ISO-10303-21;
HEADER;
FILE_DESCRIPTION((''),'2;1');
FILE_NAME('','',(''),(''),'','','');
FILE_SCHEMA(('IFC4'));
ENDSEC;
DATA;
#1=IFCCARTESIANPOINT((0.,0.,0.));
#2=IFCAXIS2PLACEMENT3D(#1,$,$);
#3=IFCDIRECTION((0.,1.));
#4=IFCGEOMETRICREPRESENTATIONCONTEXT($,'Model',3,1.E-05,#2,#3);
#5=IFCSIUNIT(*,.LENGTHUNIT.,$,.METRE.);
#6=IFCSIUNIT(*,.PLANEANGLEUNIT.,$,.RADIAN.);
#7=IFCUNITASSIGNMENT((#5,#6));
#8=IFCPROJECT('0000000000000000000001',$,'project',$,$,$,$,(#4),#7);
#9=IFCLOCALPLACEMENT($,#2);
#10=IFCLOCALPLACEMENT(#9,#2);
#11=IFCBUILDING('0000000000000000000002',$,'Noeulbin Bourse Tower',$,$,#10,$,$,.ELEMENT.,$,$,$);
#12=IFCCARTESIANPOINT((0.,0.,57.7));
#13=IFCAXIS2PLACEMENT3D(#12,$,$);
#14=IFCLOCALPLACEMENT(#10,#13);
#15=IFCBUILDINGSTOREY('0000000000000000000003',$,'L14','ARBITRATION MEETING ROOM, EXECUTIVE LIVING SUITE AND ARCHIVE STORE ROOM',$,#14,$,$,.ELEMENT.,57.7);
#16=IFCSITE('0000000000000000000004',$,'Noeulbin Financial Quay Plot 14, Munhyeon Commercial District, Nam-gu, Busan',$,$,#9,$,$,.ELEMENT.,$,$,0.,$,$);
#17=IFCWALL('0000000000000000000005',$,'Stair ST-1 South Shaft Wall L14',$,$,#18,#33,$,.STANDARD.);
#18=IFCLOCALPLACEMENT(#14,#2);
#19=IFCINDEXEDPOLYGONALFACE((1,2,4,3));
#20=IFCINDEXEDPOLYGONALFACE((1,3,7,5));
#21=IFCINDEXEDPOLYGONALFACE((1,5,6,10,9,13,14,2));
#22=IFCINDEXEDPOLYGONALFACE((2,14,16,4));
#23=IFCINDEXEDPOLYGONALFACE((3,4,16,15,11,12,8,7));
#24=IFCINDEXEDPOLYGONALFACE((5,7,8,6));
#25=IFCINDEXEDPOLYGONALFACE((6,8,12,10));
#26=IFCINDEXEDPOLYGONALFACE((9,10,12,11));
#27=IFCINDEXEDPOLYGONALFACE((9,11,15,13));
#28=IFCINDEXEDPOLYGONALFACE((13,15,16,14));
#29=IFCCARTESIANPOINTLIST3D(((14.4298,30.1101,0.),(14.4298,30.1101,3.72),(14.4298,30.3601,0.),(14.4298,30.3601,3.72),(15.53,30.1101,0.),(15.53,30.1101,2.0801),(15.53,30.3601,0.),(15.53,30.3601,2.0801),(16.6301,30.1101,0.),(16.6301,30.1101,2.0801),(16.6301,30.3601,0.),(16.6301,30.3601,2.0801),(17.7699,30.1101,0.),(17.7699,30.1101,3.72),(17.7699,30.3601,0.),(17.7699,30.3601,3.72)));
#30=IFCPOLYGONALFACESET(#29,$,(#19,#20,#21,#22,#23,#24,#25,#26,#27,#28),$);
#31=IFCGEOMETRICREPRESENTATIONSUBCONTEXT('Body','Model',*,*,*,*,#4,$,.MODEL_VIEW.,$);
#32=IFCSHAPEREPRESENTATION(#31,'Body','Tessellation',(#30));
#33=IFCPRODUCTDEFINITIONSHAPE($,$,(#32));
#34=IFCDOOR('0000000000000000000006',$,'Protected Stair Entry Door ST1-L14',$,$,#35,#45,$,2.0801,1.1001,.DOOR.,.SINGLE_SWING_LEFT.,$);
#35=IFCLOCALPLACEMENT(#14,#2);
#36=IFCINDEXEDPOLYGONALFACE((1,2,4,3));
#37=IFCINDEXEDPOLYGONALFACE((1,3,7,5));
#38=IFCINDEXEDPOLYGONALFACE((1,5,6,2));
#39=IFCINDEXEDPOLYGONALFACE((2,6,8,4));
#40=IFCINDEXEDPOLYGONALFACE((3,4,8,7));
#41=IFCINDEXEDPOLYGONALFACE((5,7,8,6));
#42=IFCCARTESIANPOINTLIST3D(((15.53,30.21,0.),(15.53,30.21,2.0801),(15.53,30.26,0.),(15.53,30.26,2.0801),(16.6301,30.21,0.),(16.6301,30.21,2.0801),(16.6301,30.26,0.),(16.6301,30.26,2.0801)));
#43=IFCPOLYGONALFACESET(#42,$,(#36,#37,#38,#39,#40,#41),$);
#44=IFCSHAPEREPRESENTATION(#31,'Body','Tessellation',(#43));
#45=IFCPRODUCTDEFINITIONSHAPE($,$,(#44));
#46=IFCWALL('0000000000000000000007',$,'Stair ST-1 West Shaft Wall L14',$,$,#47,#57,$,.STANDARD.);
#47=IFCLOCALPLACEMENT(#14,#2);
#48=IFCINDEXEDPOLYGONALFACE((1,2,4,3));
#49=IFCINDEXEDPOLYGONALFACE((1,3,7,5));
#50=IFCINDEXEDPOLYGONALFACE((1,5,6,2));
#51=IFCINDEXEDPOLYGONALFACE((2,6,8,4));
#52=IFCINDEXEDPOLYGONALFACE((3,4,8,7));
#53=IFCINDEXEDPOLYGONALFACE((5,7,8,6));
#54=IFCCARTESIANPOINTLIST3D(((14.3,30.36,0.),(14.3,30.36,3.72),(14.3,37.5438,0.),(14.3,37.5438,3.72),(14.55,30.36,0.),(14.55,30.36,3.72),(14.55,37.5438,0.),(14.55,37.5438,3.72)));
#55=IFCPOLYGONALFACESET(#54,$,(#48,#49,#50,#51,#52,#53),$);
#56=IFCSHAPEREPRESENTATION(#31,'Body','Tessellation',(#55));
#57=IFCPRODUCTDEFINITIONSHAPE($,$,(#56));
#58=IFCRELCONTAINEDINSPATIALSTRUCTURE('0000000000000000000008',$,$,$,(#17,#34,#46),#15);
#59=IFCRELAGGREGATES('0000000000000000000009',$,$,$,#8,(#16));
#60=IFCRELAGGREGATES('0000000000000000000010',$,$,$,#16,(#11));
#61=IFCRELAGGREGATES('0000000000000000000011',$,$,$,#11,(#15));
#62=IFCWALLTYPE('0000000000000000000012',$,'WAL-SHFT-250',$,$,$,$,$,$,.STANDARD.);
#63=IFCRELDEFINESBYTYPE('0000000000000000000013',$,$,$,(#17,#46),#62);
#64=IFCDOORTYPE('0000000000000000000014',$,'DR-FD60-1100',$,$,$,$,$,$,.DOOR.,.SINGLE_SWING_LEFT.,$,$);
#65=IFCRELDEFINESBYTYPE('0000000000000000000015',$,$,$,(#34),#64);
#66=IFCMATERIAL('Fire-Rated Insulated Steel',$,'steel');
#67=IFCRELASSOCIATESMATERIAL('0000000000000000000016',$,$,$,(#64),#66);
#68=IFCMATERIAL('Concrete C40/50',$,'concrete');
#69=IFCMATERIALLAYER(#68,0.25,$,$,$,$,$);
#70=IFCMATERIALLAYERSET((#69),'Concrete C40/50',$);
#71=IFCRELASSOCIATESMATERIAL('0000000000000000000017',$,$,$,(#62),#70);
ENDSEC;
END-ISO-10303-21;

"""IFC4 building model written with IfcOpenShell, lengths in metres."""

from ifc_helpers import new_model, si_unit, direction, frame, frame_2d, origin, place, context, subcontext, project, spatial, rectangle, extrude, material, layer, layer_set, type_object, element, fill, save


model = new_model("IFC4")

# Units and contexts
model_context = context("Model", 3, precision=1e-05, world=origin(), true_north=direction((0.0, 1.0)))
body_context = subcontext(model_context, "Body", "Model", "MODEL_VIEW")
ifc_project = project(units=[si_unit("LENGTHUNIT", "METRE"), si_unit("PLANEANGLEUNIT", "RADIAN")], contexts=[model_context])

# Site, building, storey
site_placement = place(None, origin())
site = spatial("IfcSite", under=ifc_project, at=site_placement, Name="Noeulbin Financial Quay Plot 14, Munhyeon Commercial District, Nam-gu, Busan", CompositionType="ELEMENT", RefElevation=0.0)
building_placement = place(site_placement, origin())
building = spatial("IfcBuilding", under=site, at=building_placement, Name="Noeulbin Bourse Tower", CompositionType="ELEMENT")
storey_placement = place(building_placement, frame((0.0, 0.0, 57.7)))
storey = spatial("IfcBuildingStorey", under=building, at=storey_placement, Name="L14", Description="ARBITRATION MEETING ROOM, EXECUTIVE LIVING SUITE AND ARCHIVE STORE ROOM", CompositionType="ELEMENT", Elevation=57.7)

# Shared definitions
ifc_material_1 = material(Name="Fire-Rated Insulated Steel", Category="steel")
door_type_1 = type_object("IfcDoorType", Name="DR-FD60-1100", OperationType="SINGLE_SWING_LEFT", PredefinedType="DOOR", material=ifc_material_1)

# Wall, opening, door
ifc_material_2 = material(Name="Concrete C40/50", Category="concrete")
ifc_layer_1 = layer(ifc_material_2, 0.25)
ifc_layer_set_1 = layer_set([ifc_layer_1], Name="Concrete C40/50")
wall_type_1 = type_object("IfcWallType", Name="WAL-SHFT-250", PredefinedType="STANDARD", material=ifc_layer_set_1)
wall_1_placement = place(storey_placement, frame((14.4299, 30.2351, 0.0), z_axis=(0.0, 0.0, 1.0), x_axis=(1.0, 0.0, 0.0)))
wall_1 = element("IfcWall", 1, at=wall_1_placement, inside=storey, type_object=wall_type_1, Name="Stair ST-1 South Shaft Wall L14", PredefinedType="STANDARD", context=body_context, shape_type="SweptSolid", body=[
    extrude(rectangle(XDim=3.3401, YDim=0.25, at=frame_2d((1.6699, 0.0))), origin(), (0.0, 0.0, 1.0), 3.72),
])
opening_1_placement = place(wall_1_placement, frame((1.1001, 0.0, 0.0)))
opening_1 = element("IfcOpeningElement", 2, at=opening_1_placement, cuts=wall_1, PredefinedType="OPENING", context=body_context, shape_type="SweptSolid", body=[
    extrude(rectangle(XDim=1.1001, YDim=2.0801, at=frame_2d((0.55, 1.04))), frame((0.0, 0.135, 0.0), z_axis=(0.0, -1.0, 0.0), x_axis=(1.0, 0.0, 0.0)), (0.0, 0.0, 1.0), 0.27),
])
door_1_placement = place(opening_1_placement, origin())
door_1 = element("IfcDoor", 3, at=door_1_placement, inside=storey, type_object=door_type_1, Name="Protected Stair Entry Door ST1-L14", OperationType="SINGLE_SWING_LEFT", OverallHeight=2.0801, OverallWidth=1.1001, PredefinedType="DOOR", context=body_context, shape_type="SweptSolid", body=[
    extrude(rectangle(XDim=1.1001, YDim=2.0801, at=frame_2d((0.55, 1.04))), frame((0.0, 0.0249, 0.0), z_axis=(0.0, -1.0, 0.0), x_axis=(1.0, 0.0, 0.0)), (0.0, 0.0, 1.0), 0.05),
])
fill(opening_1, door_1)

# Wall
wall_2_placement = place(storey_placement, frame((14.425, 30.3601, 0.0), z_axis=(0.0, 0.0, 1.0), x_axis=(0.0, 1.0, 0.0)))
element("IfcWall", 4, at=wall_2_placement, inside=storey, type_object=wall_type_1, Name="Stair ST-1 West Shaft Wall L14", PredefinedType="STANDARD", context=body_context, shape_type="SweptSolid", body=[
    extrude(rectangle(XDim=7.1838, YDim=0.25, at=frame_2d((3.5918, 0.0))), origin(), (0.0, 0.0, 1.0), 3.72),
])

save(model, "model.ifc")
